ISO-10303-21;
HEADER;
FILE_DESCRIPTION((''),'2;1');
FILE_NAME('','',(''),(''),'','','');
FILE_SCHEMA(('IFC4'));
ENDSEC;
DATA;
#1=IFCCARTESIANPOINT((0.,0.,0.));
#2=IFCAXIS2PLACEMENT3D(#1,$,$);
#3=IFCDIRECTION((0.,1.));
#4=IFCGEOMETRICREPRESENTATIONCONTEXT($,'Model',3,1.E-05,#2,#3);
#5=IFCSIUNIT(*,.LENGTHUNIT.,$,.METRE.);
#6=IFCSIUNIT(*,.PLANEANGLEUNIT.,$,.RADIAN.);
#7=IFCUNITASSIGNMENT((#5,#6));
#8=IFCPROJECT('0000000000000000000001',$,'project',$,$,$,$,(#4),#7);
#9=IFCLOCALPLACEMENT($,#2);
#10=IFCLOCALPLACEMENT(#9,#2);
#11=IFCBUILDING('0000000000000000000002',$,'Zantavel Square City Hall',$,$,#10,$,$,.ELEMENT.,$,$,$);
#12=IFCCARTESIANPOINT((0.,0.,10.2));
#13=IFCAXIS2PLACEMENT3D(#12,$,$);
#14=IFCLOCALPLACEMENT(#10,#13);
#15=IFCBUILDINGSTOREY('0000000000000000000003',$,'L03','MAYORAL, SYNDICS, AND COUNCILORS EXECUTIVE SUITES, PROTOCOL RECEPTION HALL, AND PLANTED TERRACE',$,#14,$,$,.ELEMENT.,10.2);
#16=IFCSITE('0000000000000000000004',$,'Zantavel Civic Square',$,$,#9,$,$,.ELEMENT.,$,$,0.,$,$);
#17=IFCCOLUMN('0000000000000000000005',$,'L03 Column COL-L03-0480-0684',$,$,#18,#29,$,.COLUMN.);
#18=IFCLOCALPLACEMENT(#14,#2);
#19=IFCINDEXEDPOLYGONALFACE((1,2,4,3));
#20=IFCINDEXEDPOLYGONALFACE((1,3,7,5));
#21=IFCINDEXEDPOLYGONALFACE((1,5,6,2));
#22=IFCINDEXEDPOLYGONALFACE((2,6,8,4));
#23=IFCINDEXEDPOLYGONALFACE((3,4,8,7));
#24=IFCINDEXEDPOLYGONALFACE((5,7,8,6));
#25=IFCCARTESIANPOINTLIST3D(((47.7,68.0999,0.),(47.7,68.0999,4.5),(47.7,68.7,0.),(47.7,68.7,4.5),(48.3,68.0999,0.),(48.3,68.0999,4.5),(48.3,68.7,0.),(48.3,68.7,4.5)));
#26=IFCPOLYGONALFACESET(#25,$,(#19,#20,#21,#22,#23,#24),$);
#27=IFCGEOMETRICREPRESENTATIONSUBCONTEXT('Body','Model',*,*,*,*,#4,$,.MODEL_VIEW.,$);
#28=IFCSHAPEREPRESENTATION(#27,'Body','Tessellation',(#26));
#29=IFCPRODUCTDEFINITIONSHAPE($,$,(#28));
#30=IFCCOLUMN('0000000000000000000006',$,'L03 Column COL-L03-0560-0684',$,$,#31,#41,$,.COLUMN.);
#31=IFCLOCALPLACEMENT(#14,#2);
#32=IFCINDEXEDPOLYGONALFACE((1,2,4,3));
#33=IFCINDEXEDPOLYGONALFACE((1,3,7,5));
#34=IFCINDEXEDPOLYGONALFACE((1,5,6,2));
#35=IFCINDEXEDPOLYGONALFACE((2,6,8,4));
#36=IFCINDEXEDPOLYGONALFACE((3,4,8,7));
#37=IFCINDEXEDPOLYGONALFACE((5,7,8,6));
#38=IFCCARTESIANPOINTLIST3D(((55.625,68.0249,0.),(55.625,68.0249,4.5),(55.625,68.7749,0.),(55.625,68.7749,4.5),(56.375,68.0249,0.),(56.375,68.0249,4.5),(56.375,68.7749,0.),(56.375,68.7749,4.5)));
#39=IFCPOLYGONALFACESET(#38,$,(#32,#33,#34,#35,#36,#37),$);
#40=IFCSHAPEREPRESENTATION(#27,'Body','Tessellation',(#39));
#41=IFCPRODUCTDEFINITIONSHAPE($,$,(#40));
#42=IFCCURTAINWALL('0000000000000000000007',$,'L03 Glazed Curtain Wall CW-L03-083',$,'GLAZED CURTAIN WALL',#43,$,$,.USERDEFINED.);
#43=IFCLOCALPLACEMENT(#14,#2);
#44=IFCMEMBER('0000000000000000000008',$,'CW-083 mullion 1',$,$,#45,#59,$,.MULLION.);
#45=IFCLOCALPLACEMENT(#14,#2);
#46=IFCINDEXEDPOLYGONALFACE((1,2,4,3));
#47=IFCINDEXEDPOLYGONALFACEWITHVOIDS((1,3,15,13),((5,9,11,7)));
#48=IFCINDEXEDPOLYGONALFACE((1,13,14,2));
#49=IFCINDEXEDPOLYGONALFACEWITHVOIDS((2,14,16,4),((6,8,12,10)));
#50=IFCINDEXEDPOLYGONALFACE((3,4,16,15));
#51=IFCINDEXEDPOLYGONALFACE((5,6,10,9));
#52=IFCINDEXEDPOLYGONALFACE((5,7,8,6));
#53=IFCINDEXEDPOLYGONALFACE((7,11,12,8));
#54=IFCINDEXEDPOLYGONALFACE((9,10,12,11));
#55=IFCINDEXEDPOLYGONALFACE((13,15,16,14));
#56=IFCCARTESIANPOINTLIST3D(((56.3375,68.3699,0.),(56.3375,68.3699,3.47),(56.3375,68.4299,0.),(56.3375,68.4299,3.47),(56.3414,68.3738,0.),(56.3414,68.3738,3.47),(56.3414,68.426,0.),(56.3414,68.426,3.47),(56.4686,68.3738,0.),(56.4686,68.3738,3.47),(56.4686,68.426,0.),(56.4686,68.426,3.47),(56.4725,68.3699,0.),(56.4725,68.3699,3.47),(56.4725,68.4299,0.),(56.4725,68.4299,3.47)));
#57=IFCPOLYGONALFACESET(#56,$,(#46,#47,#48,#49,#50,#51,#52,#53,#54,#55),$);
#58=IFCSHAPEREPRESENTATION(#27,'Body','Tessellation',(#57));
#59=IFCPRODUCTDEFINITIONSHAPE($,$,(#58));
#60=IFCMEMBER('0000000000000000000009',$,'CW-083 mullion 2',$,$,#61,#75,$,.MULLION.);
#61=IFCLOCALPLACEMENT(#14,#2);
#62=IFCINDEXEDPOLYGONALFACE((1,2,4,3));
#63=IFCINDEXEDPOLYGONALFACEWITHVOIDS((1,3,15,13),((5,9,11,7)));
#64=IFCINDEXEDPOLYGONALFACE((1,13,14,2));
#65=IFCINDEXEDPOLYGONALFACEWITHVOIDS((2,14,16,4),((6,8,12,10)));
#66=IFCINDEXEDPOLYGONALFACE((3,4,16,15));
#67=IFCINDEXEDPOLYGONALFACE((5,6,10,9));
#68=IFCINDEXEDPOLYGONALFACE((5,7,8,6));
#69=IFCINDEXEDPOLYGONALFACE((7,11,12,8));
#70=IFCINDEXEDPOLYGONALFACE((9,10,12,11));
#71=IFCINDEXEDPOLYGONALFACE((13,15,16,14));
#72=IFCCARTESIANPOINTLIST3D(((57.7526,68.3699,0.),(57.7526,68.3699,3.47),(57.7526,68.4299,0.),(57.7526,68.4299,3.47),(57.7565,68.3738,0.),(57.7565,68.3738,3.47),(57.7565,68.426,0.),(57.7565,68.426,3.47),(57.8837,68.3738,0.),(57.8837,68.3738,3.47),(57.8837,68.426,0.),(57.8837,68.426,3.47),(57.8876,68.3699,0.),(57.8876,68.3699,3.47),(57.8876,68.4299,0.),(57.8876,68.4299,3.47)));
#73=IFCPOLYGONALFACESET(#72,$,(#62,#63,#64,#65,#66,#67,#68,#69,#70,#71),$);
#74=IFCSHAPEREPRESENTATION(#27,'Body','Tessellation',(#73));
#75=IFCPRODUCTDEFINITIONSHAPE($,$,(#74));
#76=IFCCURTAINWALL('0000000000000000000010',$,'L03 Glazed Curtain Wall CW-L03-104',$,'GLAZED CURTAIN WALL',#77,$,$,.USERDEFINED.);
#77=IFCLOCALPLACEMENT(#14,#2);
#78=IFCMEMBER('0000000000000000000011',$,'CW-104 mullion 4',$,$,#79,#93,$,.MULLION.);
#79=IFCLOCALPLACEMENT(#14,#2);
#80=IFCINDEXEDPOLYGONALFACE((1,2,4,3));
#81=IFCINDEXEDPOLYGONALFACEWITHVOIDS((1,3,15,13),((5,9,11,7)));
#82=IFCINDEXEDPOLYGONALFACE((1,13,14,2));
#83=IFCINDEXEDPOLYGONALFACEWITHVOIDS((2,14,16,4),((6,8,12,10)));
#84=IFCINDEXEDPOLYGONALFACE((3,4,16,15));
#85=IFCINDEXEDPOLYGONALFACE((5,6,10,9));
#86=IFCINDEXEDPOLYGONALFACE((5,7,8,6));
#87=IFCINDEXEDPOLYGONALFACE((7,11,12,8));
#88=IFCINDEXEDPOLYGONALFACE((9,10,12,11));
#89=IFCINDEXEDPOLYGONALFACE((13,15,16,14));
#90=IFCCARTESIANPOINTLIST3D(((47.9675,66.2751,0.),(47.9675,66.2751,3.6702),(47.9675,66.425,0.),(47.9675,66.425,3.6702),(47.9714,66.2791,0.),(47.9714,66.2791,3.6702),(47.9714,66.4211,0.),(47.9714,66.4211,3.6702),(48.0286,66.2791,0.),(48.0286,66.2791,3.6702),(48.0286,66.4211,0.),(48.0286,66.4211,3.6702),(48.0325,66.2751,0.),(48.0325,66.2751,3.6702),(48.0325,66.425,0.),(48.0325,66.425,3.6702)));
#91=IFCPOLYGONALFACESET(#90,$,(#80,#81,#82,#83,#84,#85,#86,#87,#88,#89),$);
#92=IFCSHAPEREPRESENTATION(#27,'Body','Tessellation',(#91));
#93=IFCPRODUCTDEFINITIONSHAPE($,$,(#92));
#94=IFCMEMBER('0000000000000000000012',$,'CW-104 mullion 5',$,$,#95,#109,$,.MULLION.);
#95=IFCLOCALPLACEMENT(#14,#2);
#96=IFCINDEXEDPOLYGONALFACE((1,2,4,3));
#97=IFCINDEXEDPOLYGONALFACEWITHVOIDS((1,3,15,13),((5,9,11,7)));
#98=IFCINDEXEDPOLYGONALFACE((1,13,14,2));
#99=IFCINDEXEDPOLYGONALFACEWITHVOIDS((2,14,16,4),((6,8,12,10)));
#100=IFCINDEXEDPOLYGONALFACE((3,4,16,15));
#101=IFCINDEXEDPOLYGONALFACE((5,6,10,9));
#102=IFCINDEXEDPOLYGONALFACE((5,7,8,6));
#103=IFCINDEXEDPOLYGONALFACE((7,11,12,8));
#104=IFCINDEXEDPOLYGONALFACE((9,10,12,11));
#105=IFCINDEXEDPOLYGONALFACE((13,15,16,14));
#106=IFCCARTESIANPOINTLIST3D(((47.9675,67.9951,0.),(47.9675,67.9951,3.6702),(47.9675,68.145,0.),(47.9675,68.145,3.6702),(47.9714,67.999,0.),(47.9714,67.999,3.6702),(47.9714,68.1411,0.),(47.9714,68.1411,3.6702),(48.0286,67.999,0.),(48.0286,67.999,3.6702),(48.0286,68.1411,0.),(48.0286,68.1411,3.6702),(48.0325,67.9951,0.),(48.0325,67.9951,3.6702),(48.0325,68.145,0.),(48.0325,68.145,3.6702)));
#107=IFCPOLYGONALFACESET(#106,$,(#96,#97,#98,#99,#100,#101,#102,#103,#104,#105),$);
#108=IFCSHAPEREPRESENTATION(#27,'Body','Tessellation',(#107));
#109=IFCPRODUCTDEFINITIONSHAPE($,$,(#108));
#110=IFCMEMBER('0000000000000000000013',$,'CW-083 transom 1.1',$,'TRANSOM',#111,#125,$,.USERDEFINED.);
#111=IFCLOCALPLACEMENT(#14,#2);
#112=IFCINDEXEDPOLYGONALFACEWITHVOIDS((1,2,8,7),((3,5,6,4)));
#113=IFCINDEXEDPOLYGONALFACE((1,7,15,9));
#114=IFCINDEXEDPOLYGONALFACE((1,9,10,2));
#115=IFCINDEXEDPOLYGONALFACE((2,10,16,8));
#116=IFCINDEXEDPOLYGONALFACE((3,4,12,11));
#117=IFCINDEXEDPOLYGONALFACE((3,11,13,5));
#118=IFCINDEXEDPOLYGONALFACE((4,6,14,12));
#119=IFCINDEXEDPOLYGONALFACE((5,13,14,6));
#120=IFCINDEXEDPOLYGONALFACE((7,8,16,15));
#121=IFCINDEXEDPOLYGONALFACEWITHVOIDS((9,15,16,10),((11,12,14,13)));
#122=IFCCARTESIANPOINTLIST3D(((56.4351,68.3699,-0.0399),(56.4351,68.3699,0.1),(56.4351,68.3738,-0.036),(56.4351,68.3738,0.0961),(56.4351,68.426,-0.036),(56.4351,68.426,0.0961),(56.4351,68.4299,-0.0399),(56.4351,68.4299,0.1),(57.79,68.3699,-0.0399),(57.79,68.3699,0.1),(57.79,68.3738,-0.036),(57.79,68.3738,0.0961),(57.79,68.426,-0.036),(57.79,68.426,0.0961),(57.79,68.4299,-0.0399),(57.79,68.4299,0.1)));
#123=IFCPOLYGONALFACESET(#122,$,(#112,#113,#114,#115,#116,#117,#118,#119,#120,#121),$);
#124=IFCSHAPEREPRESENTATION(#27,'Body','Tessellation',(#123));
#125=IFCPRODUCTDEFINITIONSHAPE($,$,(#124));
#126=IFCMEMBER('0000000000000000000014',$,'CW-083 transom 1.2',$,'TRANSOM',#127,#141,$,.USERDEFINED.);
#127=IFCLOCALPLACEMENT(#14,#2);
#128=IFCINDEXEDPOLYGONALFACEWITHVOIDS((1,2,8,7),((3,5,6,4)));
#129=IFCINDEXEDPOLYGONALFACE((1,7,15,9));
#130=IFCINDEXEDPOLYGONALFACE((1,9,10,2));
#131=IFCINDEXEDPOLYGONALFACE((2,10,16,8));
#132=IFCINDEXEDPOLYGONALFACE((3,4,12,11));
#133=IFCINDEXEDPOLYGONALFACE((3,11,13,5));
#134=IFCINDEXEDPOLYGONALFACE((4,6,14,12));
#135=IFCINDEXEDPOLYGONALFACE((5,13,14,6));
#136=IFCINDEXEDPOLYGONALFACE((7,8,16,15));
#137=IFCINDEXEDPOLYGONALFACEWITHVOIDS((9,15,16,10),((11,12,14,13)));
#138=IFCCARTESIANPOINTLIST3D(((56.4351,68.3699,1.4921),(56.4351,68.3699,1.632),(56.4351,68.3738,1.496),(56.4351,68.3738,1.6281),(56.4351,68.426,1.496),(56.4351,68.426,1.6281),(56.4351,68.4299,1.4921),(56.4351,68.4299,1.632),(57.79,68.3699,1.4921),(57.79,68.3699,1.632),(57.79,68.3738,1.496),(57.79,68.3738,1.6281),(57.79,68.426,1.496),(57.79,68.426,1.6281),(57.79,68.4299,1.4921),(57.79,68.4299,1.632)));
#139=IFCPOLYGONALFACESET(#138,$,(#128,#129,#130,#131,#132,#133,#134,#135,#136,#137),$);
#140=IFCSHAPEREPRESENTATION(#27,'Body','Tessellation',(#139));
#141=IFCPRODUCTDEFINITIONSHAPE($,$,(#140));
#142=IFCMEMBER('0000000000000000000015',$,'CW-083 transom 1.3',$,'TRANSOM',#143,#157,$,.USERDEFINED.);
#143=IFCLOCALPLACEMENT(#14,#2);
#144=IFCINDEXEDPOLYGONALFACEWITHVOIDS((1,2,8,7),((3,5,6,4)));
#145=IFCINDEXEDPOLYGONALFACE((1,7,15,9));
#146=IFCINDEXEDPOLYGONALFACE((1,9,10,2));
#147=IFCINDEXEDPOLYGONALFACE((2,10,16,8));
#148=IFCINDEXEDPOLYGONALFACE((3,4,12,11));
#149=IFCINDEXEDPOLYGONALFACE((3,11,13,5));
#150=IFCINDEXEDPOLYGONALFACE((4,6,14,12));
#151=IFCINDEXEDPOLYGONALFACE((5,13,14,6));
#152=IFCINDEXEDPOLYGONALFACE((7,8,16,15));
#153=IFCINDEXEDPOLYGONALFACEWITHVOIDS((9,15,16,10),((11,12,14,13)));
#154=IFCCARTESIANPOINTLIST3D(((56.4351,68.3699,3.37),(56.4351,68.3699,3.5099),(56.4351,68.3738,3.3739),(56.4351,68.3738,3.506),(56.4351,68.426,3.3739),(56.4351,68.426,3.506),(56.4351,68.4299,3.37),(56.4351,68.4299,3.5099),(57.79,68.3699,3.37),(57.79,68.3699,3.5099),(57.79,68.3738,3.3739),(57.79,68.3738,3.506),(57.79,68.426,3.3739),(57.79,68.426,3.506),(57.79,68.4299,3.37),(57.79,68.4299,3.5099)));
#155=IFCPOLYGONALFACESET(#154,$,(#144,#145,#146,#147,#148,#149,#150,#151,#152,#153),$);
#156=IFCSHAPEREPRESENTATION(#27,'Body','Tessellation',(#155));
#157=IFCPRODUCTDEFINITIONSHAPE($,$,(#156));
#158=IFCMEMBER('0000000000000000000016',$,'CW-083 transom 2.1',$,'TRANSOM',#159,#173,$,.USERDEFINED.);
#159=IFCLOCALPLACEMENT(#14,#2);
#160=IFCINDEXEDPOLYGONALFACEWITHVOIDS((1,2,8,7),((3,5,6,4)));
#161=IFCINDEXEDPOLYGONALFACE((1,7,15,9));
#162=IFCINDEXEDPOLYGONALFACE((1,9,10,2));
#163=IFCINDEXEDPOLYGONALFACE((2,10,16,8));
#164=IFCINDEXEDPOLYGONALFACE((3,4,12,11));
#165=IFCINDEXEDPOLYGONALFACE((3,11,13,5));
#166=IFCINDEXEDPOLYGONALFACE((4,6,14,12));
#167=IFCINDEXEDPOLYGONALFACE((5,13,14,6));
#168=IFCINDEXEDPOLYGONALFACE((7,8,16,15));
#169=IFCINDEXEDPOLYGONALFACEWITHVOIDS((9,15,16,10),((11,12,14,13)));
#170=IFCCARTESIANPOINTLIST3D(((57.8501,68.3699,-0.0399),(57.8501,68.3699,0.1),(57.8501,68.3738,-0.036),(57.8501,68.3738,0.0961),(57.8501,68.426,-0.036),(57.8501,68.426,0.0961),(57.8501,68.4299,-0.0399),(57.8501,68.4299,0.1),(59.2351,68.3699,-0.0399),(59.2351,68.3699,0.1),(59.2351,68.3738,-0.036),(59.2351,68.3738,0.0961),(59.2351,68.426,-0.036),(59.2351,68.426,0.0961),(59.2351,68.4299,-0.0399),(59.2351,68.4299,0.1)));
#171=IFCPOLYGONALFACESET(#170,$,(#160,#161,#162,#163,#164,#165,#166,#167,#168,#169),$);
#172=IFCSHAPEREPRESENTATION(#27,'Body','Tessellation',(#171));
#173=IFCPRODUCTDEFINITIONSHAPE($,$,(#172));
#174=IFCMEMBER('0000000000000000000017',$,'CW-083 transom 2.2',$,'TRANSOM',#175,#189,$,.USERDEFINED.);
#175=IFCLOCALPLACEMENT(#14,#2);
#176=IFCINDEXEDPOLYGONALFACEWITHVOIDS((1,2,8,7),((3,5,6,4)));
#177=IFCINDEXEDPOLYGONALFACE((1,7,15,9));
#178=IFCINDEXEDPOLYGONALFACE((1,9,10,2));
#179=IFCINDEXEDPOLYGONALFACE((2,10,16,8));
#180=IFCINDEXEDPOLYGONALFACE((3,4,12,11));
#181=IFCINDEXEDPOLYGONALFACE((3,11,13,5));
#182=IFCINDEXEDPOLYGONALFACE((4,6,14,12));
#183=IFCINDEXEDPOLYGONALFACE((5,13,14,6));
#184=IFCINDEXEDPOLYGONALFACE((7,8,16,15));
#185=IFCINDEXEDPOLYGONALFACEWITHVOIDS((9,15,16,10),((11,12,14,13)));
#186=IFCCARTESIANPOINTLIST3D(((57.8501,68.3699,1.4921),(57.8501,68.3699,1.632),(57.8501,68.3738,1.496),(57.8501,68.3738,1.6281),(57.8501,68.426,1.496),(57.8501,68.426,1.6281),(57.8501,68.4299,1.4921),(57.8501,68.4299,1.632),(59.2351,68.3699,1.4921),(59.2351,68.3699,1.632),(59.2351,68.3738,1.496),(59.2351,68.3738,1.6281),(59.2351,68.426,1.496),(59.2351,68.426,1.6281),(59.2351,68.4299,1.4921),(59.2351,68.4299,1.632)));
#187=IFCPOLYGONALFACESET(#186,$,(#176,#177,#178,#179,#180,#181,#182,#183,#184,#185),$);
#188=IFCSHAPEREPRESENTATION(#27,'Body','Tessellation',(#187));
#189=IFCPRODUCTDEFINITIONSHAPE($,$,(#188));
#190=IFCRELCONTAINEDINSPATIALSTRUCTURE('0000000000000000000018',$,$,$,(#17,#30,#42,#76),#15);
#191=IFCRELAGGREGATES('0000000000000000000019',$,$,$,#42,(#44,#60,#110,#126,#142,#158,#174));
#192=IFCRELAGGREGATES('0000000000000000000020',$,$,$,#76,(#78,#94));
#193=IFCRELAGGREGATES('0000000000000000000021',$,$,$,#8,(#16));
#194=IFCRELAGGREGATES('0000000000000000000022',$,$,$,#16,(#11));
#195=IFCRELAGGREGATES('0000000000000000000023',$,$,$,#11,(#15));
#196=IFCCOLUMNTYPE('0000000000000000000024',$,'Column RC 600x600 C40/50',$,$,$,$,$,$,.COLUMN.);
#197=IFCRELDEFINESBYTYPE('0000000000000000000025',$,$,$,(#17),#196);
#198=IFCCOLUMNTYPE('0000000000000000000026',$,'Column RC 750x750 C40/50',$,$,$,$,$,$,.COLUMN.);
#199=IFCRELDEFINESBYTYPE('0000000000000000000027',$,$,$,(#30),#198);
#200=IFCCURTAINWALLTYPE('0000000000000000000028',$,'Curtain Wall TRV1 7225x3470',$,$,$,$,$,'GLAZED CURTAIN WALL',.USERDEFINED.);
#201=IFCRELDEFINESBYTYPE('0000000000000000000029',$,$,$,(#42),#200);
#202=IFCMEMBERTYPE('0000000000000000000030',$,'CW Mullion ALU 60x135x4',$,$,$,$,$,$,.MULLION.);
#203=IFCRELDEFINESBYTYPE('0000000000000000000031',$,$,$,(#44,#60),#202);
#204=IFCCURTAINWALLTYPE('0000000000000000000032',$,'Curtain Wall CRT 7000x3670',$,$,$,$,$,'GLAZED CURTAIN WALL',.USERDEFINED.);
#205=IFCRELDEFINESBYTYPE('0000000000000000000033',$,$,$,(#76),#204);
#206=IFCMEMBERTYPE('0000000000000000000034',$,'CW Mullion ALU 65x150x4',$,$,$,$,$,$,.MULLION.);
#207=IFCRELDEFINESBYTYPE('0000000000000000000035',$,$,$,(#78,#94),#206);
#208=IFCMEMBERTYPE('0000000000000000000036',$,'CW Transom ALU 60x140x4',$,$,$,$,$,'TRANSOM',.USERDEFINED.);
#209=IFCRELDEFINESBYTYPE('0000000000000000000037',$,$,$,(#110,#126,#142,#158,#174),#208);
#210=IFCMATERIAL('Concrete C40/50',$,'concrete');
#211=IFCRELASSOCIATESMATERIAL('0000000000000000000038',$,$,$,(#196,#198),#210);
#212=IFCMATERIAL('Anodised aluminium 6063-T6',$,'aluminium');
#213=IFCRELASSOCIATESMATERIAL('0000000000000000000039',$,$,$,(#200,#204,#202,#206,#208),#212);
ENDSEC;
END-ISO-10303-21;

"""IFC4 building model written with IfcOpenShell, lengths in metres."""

from ifc_helpers import new_model, si_unit, direction, frame, origin, origin_2d, place, context, subcontext, project, spatial, rectangle, hollow_rectangle, extrude, material, material_profile, profile_set, type_object, element, aggregate, save


model = new_model("IFC4")

# Units and contexts
model_context = context("Model", 3, precision=1e-05, world=origin(), true_north=direction((0.0, 1.0)))
body_context = subcontext(model_context, "Body", "Model", "MODEL_VIEW")
ifc_project = project(units=[si_unit("LENGTHUNIT", "METRE"), si_unit("PLANEANGLEUNIT", "RADIAN")], contexts=[model_context])

# Site, building, storey
site_placement = place(None, origin())
site = spatial("IfcSite", under=ifc_project, at=site_placement, Name="Zantavel Civic Square", CompositionType="ELEMENT", RefElevation=0.0)
building_placement = place(site_placement, origin())
building = spatial("IfcBuilding", under=site, at=building_placement, Name="Zantavel Square City Hall", CompositionType="ELEMENT")
storey_placement = place(building_placement, frame((0.0, 0.0, 10.2)))
storey = spatial("IfcBuildingStorey", under=building, at=storey_placement, Name="L03", Description="MAYORAL, SYNDICS, AND COUNCILORS EXECUTIVE SUITES, PROTOCOL RECEPTION HALL, AND PLANTED TERRACE", CompositionType="ELEMENT", Elevation=10.2)

# Columns
ifc_material_1 = material(Name="Concrete C40/50", Category="concrete")
ifc_material_profile_1 = material_profile(ifc_material_1, rectangle(XDim=0.6001, YDim=0.6001, at=origin_2d()), Name="RC 600x600")
ifc_profile_set_1 = profile_set([ifc_material_profile_1], Name="Concrete C40/50")
column_type_1 = type_object("IfcColumnType", Name="Column RC 600x600 C40/50", PredefinedType="COLUMN", material=ifc_profile_set_1)
column_1_placement = place(storey_placement, frame((48.0, 68.3999, 0.0), z_axis=(0.0, 0.0, 1.0), x_axis=(1.0, 0.0, 0.0)))
element("IfcColumn", 1, at=column_1_placement, inside=storey, type_object=column_type_1, Name="L03 Column COL-L03-0480-0684", PredefinedType="COLUMN", context=body_context, shape_type="SweptSolid", body=[
    extrude(rectangle(XDim=0.6001, YDim=0.6001, at=origin_2d()), origin(), (0.0, 0.0, 1.0), 4.5),
])
ifc_material_profile_2 = material_profile(ifc_material_1, rectangle(XDim=0.75, YDim=0.75, at=origin_2d()), Name="RC 750x750")
ifc_profile_set_2 = profile_set([ifc_material_profile_2], Name="Concrete C40/50")
column_type_2 = type_object("IfcColumnType", Name="Column RC 750x750 C40/50", PredefinedType="COLUMN", material=ifc_profile_set_2)
column_2_placement = place(storey_placement, frame((56.0, 68.3999, 0.0), z_axis=(0.0, 0.0, 1.0), x_axis=(1.0, 0.0, 0.0)))
element("IfcColumn", 2, at=column_2_placement, inside=storey, type_object=column_type_2, Name="L03 Column COL-L03-0560-0684", PredefinedType="COLUMN", context=body_context, shape_type="SweptSolid", body=[
    extrude(rectangle(XDim=0.75, YDim=0.75, at=origin_2d()), origin(), (0.0, 0.0, 1.0), 4.5),
])

# Curtain walls, members
ifc_material_2 = material(Name="Anodised aluminium 6063-T6", Category="aluminium")
curtain_wall_type_1 = type_object("IfcCurtainWallType", Name="Curtain Wall TRV1 7225x3470", ElementType="GLAZED CURTAIN WALL", PredefinedType="USERDEFINED", material=ifc_material_2)
curtain_wall_1_placement = place(storey_placement, origin())
curtain_wall_1 = element("IfcCurtainWall", 3, at=curtain_wall_1_placement, inside=storey, type_object=curtain_wall_type_1, Name="L03 Glazed Curtain Wall CW-L03-083", ObjectType="GLAZED CURTAIN WALL", PredefinedType="USERDEFINED")
ifc_material_profile_3 = material_profile(ifc_material_2, hollow_rectangle(XDim=0.0601, YDim=0.135, WallThickness=0.0039, at=origin_2d()), Name="ALU 60x135x4")
ifc_profile_set_3 = profile_set([ifc_material_profile_3], Name="Anodised aluminium 6063-T6")
member_type_1 = type_object("IfcMemberType", Name="CW Mullion ALU 60x135x4", PredefinedType="MULLION", material=ifc_profile_set_3)
member_1_placement = place(storey_placement, frame((56.405, 68.3999, 0.0), z_axis=(0.0, 0.0, 1.0), x_axis=(0.0, 1.0, 0.0)))
member_1 = element("IfcMember", 4, at=member_1_placement, type_object=member_type_1, Name="CW-083 mullion 1", PredefinedType="MULLION", context=body_context, shape_type="SweptSolid", body=[
    extrude(hollow_rectangle(XDim=0.0601, YDim=0.135, WallThickness=0.0039, at=origin_2d()), origin(), (0.0, 0.0, 1.0), 3.47),
])
member_2_placement = place(storey_placement, frame((57.8201, 68.3999, 0.0), z_axis=(0.0, 0.0, 1.0), x_axis=(0.0, 1.0, 0.0)))
member_2 = element("IfcMember", 5, at=member_2_placement, type_object=member_type_1, Name="CW-083 mullion 2", PredefinedType="MULLION", context=body_context, shape_type="SweptSolid", body=[
    extrude(hollow_rectangle(XDim=0.0601, YDim=0.135, WallThickness=0.0039, at=origin_2d()), origin(), (0.0, 0.0, 1.0), 3.47),
])
curtain_wall_type_2 = type_object("IfcCurtainWallType", Name="Curtain Wall CRT 7000x3670", ElementType="GLAZED CURTAIN WALL", PredefinedType="USERDEFINED", material=ifc_material_2)
curtain_wall_2_placement = place(storey_placement, origin())
curtain_wall_2 = element("IfcCurtainWall", 6, at=curtain_wall_2_placement, inside=storey, type_object=curtain_wall_type_2, Name="L03 Glazed Curtain Wall CW-L03-104", ObjectType="GLAZED CURTAIN WALL", PredefinedType="USERDEFINED")
ifc_material_profile_4 = material_profile(ifc_material_2, hollow_rectangle(XDim=0.0649, YDim=0.1499, WallThickness=0.0039, at=origin_2d()), Name="ALU 65x150x4")
ifc_profile_set_4 = profile_set([ifc_material_profile_4], Name="Anodised aluminium 6063-T6")
member_type_2 = type_object("IfcMemberType", Name="CW Mullion ALU 65x150x4", PredefinedType="MULLION", material=ifc_profile_set_4)
member_3_placement = place(storey_placement, frame((48.0, 66.3501, 0.0), z_axis=(0.0, 0.0, 1.0), x_axis=(-1.0, 0.0, 0.0)))
member_3 = element("IfcMember", 7, at=member_3_placement, type_object=member_type_2, Name="CW-104 mullion 4", PredefinedType="MULLION", context=body_context, shape_type="SweptSolid", body=[
    extrude(hollow_rectangle(XDim=0.0649, YDim=0.1499, WallThickness=0.0039, at=origin_2d()), origin(), (0.0, 0.0, 1.0), 3.6702),
])
member_4_placement = place(storey_placement, frame((48.0, 68.0701, 0.0), z_axis=(0.0, 0.0, 1.0), x_axis=(-1.0, 0.0, 0.0)))
member_4 = element("IfcMember", 8, at=member_4_placement, type_object=member_type_2, Name="CW-104 mullion 5", PredefinedType="MULLION", context=body_context, shape_type="SweptSolid", body=[
    extrude(hollow_rectangle(XDim=0.0649, YDim=0.1499, WallThickness=0.0039, at=origin_2d()), origin(), (0.0, 0.0, 1.0), 3.6702),
])

# Members
ifc_material_profile_5 = material_profile(ifc_material_2, hollow_rectangle(XDim=0.0601, YDim=0.1399, WallThickness=0.0039, at=origin_2d()), Name="ALU 60x140x4")
ifc_profile_set_5 = profile_set([ifc_material_profile_5], Name="Anodised aluminium 6063-T6")
member_type_3 = type_object("IfcMemberType", Name="CW Transom ALU 60x140x4", ElementType="TRANSOM", PredefinedType="USERDEFINED", material=ifc_profile_set_5)
member_5_placement = place(storey_placement, frame((56.4351, 68.3999, 0.03), z_axis=(1.0, 0.0, 0.0), x_axis=(0.0, 1.0, 0.0)))
member_5 = element("IfcMember", 9, at=member_5_placement, type_object=member_type_3, Name="CW-083 transom 1.1", ObjectType="TRANSOM", PredefinedType="USERDEFINED", context=body_context, shape_type="SweptSolid", body=[
    extrude(hollow_rectangle(XDim=0.0601, YDim=0.1399, WallThickness=0.0039, at=origin_2d()), origin(), (0.0, 0.0, 1.0), 1.355),
])
member_6_placement = place(storey_placement, frame((56.4351, 68.3999, 1.562), z_axis=(1.0, 0.0, 0.0), x_axis=(0.0, 1.0, 0.0)))
member_6 = element("IfcMember", 10, at=member_6_placement, type_object=member_type_3, Name="CW-083 transom 1.2", ObjectType="TRANSOM", PredefinedType="USERDEFINED", context=body_context, shape_type="SweptSolid", body=[
    extrude(hollow_rectangle(XDim=0.0601, YDim=0.1399, WallThickness=0.0039, at=origin_2d()), origin(), (0.0, 0.0, 1.0), 1.355),
])
member_7_placement = place(storey_placement, frame((56.4351, 68.3999, 3.4399), z_axis=(1.0, 0.0, 0.0), x_axis=(0.0, 1.0, 0.0)))
member_7 = element("IfcMember", 11, at=member_7_placement, type_object=member_type_3, Name="CW-083 transom 1.3", ObjectType="TRANSOM", PredefinedType="USERDEFINED", context=body_context, shape_type="SweptSolid", body=[
    extrude(hollow_rectangle(XDim=0.0601, YDim=0.1399, WallThickness=0.0039, at=origin_2d()), origin(), (0.0, 0.0, 1.0), 1.355),
])
member_8_placement = place(storey_placement, frame((57.8501, 68.3999, 0.03), z_axis=(1.0, 0.0, 0.0), x_axis=(0.0, 1.0, 0.0)))
member_8 = element("IfcMember", 12, at=member_8_placement, type_object=member_type_3, Name="CW-083 transom 2.1", ObjectType="TRANSOM", PredefinedType="USERDEFINED", context=body_context, shape_type="SweptSolid", body=[
    extrude(hollow_rectangle(XDim=0.0601, YDim=0.1399, WallThickness=0.0039, at=origin_2d()), origin(), (0.0, 0.0, 1.0), 1.385),
])
member_9_placement = place(storey_placement, frame((57.8501, 68.3999, 1.562), z_axis=(1.0, 0.0, 0.0), x_axis=(0.0, 1.0, 0.0)))
member_9 = element("IfcMember", 13, at=member_9_placement, type_object=member_type_3, Name="CW-083 transom 2.2", ObjectType="TRANSOM", PredefinedType="USERDEFINED", context=body_context, shape_type="SweptSolid", body=[
    extrude(hollow_rectangle(XDim=0.0601, YDim=0.1399, WallThickness=0.0039, at=origin_2d()), origin(), (0.0, 0.0, 1.0), 1.385),
])

aggregate(curtain_wall_1, [member_1, member_2, member_5, member_6, member_7, member_8, member_9])
aggregate(curtain_wall_2, [member_3, member_4])

save(model, "model.ifc")
